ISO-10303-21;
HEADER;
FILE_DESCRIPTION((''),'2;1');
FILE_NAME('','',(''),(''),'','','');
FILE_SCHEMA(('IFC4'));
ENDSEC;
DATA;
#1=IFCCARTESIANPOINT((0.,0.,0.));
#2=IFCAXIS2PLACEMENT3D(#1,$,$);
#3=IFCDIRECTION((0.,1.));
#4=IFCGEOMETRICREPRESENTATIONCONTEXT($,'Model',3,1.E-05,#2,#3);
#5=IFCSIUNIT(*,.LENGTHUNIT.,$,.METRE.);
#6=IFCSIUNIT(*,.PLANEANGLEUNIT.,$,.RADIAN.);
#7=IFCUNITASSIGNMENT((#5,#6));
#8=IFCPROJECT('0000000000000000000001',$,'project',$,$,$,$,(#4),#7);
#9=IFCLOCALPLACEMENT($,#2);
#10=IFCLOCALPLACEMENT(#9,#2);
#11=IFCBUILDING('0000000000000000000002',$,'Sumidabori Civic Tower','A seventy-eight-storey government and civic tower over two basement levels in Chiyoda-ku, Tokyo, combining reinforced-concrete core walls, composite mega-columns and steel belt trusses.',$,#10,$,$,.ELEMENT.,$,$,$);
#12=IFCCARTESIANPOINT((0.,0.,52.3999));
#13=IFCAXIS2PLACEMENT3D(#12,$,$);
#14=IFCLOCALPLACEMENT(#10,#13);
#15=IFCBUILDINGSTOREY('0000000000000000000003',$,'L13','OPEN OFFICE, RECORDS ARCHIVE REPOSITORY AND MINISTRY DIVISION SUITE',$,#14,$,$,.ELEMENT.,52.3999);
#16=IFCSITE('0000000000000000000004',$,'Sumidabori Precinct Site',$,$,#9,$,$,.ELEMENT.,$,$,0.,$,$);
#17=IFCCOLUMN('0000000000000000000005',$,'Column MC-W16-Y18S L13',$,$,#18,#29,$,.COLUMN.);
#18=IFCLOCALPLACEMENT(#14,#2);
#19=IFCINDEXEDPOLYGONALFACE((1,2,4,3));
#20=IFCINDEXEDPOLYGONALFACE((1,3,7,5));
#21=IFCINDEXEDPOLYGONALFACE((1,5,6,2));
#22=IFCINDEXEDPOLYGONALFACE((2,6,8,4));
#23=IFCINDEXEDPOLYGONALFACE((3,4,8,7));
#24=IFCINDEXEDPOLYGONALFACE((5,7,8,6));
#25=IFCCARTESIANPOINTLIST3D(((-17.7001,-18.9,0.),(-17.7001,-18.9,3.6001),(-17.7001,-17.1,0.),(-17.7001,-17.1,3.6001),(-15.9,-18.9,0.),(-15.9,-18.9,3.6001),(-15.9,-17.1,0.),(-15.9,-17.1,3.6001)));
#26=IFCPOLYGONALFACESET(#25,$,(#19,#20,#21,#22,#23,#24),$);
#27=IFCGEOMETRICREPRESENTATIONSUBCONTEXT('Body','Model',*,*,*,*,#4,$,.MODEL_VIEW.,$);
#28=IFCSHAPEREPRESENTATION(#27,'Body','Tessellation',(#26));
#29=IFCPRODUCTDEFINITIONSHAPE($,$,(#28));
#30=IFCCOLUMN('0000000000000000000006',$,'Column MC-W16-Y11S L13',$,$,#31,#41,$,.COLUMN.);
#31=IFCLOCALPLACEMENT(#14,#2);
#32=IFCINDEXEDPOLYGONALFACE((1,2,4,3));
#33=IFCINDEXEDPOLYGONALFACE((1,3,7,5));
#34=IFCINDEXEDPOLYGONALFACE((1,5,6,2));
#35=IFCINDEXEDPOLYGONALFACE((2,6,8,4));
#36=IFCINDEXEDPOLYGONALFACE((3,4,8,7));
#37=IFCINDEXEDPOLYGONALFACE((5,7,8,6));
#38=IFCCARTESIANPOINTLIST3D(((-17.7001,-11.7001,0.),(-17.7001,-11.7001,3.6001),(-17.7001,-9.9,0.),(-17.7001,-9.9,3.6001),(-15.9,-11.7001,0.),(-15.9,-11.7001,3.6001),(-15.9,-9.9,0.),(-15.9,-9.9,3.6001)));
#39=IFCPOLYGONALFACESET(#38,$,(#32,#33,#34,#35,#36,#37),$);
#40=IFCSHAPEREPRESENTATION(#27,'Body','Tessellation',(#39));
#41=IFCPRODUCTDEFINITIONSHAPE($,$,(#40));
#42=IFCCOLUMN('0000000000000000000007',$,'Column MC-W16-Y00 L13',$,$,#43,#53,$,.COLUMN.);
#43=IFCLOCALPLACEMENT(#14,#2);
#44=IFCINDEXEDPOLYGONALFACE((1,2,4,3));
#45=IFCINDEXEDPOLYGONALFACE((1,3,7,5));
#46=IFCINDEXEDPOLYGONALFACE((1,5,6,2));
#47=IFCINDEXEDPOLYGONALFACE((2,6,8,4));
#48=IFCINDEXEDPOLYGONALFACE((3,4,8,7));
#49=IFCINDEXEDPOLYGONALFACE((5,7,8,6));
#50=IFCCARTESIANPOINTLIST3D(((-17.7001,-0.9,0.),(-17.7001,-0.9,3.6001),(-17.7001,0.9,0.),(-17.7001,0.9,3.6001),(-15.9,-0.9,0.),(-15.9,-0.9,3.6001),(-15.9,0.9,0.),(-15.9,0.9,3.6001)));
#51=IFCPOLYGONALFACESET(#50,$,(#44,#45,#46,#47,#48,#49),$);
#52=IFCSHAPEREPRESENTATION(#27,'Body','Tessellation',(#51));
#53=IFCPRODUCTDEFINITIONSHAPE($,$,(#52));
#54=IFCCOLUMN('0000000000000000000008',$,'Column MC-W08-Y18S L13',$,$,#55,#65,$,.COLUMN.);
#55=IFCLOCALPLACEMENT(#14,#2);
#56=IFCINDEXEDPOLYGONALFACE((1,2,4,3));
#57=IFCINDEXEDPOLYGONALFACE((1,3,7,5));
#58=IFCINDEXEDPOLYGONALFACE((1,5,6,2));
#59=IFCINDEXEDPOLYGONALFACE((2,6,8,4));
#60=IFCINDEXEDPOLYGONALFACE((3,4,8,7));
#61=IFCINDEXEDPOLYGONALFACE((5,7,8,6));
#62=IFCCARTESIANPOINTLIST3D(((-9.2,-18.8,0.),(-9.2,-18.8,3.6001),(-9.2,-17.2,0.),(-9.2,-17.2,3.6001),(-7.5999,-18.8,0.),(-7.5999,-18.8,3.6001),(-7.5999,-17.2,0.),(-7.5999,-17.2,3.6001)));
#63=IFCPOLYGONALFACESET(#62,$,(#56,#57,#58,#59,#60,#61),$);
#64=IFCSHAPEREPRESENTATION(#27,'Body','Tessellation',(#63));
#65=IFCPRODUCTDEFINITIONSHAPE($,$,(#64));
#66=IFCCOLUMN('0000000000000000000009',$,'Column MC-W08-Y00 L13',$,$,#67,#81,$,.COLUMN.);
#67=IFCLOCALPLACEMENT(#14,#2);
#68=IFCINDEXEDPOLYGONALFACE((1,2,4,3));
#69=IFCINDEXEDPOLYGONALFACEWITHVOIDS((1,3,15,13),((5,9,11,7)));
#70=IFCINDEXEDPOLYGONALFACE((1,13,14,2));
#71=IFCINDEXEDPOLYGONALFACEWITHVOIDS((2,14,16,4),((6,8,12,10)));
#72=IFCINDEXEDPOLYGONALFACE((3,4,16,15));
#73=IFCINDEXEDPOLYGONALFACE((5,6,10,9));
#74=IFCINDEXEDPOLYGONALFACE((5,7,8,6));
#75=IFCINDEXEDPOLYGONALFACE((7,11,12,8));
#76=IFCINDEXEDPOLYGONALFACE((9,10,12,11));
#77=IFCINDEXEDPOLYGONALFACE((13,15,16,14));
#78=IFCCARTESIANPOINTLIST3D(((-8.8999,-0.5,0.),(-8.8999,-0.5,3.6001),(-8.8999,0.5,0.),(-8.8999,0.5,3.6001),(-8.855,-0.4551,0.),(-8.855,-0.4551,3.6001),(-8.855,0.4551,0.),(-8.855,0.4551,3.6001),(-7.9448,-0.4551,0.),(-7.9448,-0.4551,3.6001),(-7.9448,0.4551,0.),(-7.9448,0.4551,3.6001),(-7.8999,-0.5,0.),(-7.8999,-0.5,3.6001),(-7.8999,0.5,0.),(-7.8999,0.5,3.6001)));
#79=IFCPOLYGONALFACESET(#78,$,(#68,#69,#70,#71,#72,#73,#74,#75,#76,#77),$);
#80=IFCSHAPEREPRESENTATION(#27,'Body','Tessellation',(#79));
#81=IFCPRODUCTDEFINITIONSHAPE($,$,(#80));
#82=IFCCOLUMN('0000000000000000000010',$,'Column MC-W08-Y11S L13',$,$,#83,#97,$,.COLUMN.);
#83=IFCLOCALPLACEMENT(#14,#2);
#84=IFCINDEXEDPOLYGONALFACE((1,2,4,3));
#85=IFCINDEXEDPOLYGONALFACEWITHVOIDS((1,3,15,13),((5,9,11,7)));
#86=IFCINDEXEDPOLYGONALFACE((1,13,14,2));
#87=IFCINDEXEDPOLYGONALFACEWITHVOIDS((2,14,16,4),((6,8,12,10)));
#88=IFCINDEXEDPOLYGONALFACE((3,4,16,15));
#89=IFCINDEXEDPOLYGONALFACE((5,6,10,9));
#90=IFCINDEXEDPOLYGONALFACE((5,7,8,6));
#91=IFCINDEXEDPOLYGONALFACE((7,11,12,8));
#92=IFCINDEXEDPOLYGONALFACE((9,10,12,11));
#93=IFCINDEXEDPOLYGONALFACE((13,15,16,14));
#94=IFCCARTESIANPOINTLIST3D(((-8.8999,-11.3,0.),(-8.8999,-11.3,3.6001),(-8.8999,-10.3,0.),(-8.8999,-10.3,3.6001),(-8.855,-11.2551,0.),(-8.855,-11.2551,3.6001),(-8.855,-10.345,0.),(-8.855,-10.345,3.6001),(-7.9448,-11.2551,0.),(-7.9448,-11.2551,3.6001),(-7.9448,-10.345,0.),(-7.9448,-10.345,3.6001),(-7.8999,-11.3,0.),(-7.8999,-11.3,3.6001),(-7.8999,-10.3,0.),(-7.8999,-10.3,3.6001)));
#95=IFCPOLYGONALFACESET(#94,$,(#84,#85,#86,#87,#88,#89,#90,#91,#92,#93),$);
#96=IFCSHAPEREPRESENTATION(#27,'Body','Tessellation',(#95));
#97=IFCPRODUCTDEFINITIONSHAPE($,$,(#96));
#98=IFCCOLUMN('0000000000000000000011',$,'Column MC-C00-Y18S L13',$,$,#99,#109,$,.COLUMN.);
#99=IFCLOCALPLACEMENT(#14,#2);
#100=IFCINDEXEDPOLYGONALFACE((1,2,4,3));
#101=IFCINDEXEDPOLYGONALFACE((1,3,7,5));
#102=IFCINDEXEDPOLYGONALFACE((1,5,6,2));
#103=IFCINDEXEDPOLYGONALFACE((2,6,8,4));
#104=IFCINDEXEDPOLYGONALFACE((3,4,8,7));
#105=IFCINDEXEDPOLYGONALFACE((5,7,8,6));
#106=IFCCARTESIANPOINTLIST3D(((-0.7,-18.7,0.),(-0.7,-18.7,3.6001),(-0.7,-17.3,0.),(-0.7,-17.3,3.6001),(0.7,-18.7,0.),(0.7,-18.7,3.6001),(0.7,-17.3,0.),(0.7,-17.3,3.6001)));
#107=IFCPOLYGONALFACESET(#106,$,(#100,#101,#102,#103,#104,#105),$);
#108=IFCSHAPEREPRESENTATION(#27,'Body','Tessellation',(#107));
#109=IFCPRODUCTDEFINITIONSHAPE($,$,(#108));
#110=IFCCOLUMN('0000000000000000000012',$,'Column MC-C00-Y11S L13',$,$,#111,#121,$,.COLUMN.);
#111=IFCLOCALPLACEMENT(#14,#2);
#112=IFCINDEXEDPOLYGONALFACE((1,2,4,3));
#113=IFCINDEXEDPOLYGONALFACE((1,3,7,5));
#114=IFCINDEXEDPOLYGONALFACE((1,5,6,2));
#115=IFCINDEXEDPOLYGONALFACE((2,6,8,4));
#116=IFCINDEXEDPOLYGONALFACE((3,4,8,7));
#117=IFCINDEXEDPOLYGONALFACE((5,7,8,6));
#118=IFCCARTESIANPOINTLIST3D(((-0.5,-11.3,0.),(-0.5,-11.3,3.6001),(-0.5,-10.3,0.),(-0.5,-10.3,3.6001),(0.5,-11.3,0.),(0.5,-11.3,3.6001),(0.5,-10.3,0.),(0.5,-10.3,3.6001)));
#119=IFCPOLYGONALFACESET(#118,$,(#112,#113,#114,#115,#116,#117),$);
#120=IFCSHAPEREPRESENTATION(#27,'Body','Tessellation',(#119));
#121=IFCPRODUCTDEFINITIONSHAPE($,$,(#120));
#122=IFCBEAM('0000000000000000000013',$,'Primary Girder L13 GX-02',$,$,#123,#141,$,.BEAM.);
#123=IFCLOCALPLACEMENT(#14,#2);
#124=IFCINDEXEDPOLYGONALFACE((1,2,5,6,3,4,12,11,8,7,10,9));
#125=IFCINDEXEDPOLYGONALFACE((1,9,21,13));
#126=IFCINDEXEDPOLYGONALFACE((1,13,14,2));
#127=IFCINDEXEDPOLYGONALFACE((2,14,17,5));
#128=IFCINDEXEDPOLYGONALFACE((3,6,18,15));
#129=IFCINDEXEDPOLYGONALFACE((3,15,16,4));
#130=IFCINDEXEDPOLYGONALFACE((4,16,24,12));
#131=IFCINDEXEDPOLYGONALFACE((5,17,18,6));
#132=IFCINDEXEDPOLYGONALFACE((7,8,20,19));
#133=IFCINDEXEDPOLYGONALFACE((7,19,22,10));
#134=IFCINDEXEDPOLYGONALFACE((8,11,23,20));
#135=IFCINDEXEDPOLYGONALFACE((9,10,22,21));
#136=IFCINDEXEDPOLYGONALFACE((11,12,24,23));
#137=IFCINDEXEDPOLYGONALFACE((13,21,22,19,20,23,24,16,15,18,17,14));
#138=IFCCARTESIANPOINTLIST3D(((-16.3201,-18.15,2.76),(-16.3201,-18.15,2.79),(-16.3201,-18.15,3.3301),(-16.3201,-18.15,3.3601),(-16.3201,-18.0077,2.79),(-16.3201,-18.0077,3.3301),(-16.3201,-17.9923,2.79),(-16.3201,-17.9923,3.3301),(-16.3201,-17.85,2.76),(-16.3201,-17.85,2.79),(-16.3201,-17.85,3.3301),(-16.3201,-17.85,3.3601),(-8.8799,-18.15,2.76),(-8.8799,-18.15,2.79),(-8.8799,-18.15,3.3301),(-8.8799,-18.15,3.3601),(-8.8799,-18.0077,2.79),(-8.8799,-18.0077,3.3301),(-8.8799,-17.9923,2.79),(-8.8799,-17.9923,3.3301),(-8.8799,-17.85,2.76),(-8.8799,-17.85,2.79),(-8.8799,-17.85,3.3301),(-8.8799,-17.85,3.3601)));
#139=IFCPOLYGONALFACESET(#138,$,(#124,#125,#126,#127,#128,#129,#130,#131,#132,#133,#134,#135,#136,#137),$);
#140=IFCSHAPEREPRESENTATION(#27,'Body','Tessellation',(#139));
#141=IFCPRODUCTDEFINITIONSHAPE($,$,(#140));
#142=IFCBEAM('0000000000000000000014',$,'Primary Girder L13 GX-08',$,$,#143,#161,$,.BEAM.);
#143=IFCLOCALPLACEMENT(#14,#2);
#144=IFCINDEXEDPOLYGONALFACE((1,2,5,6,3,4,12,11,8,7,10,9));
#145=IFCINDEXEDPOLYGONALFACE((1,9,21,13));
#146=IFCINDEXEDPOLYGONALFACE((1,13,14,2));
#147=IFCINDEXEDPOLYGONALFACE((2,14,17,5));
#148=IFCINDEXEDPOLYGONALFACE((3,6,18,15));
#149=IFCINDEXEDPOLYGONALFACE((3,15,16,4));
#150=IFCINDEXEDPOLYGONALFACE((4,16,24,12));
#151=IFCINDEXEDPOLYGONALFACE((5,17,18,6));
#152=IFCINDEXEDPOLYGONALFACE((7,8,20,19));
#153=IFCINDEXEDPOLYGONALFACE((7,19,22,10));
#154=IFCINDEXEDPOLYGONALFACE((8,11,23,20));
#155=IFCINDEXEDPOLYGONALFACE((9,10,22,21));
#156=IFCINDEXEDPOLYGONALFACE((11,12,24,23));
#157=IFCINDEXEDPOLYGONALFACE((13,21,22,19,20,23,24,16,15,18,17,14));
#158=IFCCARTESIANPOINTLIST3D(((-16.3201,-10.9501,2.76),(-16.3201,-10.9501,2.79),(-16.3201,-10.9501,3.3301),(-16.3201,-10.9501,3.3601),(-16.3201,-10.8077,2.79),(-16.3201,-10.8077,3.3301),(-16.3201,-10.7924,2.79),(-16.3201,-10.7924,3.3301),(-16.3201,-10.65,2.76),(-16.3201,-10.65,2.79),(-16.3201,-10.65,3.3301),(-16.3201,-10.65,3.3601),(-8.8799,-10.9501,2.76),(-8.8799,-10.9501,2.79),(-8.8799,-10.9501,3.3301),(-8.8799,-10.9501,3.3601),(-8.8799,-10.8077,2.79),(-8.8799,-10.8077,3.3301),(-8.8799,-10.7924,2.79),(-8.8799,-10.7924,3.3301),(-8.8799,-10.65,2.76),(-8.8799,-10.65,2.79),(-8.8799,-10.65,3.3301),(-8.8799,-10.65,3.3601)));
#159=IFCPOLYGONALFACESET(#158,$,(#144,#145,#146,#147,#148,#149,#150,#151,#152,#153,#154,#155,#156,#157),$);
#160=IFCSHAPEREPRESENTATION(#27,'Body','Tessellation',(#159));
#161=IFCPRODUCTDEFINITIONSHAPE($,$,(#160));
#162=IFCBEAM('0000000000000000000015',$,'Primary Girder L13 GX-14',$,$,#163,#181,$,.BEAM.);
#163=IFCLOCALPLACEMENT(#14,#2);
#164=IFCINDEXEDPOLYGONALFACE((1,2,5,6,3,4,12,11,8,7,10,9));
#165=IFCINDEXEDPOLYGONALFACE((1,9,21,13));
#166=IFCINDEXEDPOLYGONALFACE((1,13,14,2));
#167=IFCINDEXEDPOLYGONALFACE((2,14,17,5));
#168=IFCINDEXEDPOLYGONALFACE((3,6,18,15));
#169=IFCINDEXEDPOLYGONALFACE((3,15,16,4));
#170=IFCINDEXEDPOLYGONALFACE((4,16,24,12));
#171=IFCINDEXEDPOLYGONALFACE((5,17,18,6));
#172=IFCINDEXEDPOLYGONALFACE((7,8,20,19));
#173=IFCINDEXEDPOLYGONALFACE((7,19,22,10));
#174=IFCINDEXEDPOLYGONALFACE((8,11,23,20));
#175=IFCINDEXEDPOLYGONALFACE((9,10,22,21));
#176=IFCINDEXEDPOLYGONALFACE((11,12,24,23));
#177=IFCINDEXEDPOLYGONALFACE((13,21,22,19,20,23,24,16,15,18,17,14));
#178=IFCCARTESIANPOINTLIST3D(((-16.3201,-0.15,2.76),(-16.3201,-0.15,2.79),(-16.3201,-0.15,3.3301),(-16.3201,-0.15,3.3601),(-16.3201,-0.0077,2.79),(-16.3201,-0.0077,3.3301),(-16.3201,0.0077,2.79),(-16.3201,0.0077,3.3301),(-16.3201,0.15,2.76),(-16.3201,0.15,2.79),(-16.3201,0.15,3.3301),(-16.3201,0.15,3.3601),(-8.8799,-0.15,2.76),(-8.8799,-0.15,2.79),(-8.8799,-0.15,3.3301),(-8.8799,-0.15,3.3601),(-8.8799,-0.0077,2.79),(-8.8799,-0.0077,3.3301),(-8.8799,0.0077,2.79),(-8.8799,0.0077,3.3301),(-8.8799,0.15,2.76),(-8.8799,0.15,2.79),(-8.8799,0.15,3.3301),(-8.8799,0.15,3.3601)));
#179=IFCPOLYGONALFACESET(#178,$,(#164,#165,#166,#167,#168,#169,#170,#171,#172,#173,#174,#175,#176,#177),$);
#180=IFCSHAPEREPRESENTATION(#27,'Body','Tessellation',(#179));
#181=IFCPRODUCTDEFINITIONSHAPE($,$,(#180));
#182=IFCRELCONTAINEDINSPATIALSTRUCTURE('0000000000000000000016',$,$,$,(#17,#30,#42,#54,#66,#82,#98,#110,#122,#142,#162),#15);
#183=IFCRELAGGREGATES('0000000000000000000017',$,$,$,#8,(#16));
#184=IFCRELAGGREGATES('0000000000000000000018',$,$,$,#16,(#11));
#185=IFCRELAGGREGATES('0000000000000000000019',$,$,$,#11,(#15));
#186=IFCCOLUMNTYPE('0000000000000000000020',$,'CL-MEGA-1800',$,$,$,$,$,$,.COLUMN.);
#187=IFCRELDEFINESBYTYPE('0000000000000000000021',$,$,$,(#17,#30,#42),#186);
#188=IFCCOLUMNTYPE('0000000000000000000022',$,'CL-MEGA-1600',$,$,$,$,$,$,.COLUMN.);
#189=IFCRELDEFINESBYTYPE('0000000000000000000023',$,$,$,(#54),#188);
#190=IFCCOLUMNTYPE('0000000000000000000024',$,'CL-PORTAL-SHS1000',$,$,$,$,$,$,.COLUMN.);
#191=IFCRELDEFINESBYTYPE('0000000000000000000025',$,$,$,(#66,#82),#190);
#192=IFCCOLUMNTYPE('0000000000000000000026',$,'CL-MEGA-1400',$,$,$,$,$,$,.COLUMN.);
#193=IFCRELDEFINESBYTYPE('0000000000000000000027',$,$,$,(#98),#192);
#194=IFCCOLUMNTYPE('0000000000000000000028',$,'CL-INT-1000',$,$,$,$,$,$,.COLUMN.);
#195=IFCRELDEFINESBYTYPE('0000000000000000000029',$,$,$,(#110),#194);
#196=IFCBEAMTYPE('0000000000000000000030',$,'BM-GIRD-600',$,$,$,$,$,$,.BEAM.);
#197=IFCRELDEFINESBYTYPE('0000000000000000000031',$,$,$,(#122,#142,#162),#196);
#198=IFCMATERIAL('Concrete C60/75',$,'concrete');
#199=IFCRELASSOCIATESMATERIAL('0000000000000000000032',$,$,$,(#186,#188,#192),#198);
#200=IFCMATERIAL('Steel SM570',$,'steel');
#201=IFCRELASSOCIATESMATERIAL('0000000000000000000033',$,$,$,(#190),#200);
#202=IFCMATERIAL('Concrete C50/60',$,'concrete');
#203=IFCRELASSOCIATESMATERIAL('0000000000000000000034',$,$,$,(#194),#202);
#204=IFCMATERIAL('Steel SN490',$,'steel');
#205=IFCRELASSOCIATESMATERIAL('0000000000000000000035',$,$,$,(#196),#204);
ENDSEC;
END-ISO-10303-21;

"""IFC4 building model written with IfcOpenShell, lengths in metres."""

from ifc_helpers import new_model, si_unit, direction, frame, origin, origin_2d, place, context, subcontext, project, spatial, rectangle, hollow_rectangle, i_section, extrude, source, transform, mapped, material, material_profile, profile_set, type_object, element, save


model = new_model("IFC4")

# Units and contexts
model_context = context("Model", 3, precision=1e-05, world=origin(), true_north=direction((0.0, 1.0)))
body_context = subcontext(model_context, "Body", "Model", "MODEL_VIEW")
ifc_project = project(units=[si_unit("LENGTHUNIT", "METRE"), si_unit("PLANEANGLEUNIT", "RADIAN")], contexts=[model_context])

# Site, building, storey
site_placement = place(None, origin())
site = spatial("IfcSite", under=ifc_project, at=site_placement, Name="Sumidabori Precinct Site", CompositionType="ELEMENT", RefElevation=0.0)
building_placement = place(site_placement, origin())
building = spatial("IfcBuilding", under=site, at=building_placement, Name="Sumidabori Civic Tower", Description="A seventy-eight-storey government and civic tower over two basement levels in Chiyoda-ku, Tokyo, combining reinforced-concrete core walls, composite mega-columns and steel belt trusses.", CompositionType="ELEMENT")
storey_placement = place(building_placement, frame((0.0, 0.0, 52.3999)))
storey = spatial("IfcBuildingStorey", under=building, at=storey_placement, Name="L13", Description="OPEN OFFICE, RECORDS ARCHIVE REPOSITORY AND MINISTRY DIVISION SUITE", CompositionType="ELEMENT", Elevation=52.3999)

# Columns
ifc_material_1 = material(Name="Concrete C60/75", Category="concrete")
ifc_material_profile_1 = material_profile(ifc_material_1, rectangle(XDim=1.8, YDim=1.8, at=origin_2d()), Name="RC 1800x1800")
ifc_profile_set_1 = profile_set([ifc_material_profile_1], Name="Concrete C60/75")
column_type_1 = type_object("IfcColumnType", Name="CL-MEGA-1800", PredefinedType="COLUMN", material=ifc_profile_set_1)
shared_shape_1 = source(origin(), body_context, "Body", "SweptSolid", [
    extrude(rectangle(XDim=1.8, YDim=1.8, at=origin_2d()), origin(), (0.0, 0.0, 1.0), 3.6001),
])
for number, where, z_axis, x_axis, name in (
    (1, (-16.8, -18.0, 0.0), (0.0, 0.0, 1.0), (1.0, 0.0, 0.0), "Column MC-W16-Y18S L13"),
    (2, (-16.8, -10.8, 0.0), (0.0, 0.0, 1.0), (1.0, 0.0, 0.0), "Column MC-W16-Y11S L13"),
    (3, (-16.8, 0.0, 0.0), (0.0, 0.0, 1.0), (1.0, 0.0, 0.0), "Column MC-W16-Y00 L13"),
):
    element("IfcColumn", number, at=place(storey_placement, frame(where, z_axis=z_axis, x_axis=x_axis)), inside=storey, type_object=column_type_1, Name=name, PredefinedType="COLUMN", context=body_context, shape_type="MappedRepresentation", body=[
        mapped(shared_shape_1, transform((0.0, 0.0, 0.0), x_axis=(1.0, 0.0, 0.0), y_axis=(0.0, 1.0, 0.0), z_axis=(0.0, 0.0, 1.0), scale=1.0)),
    ])
ifc_material_profile_2 = material_profile(ifc_material_1, rectangle(XDim=1.6001, YDim=1.6001, at=origin_2d()), Name="RC 1600x1600")
ifc_profile_set_2 = profile_set([ifc_material_profile_2], Name="Concrete C60/75")
column_type_2 = type_object("IfcColumnType", Name="CL-MEGA-1600", PredefinedType="COLUMN", material=ifc_profile_set_2)
shared_shape_2 = source(origin(), body_context, "Body", "SweptSolid", [
    extrude(rectangle(XDim=1.6001, YDim=1.6001, at=origin_2d()), origin(), (0.0, 0.0, 1.0), 3.6001),
])
column_1_placement = place(storey_placement, frame((-8.3999, -18.0, 0.0), z_axis=(0.0, 0.0, 1.0), x_axis=(1.0, 0.0, 0.0)))
element("IfcColumn", 4, at=column_1_placement, inside=storey, type_object=column_type_2, Name="Column MC-W08-Y18S L13", PredefinedType="COLUMN", context=body_context, shape_type="MappedRepresentation", body=[
    mapped(shared_shape_2, transform((0.0, 0.0, 0.0), x_axis=(1.0, 0.0, 0.0), y_axis=(0.0, 1.0, 0.0), z_axis=(0.0, 0.0, 1.0), scale=1.0)),
])
ifc_material_2 = material(Name="Steel SM570", Category="steel")
ifc_material_profile_3 = material_profile(ifc_material_2, hollow_rectangle(XDim=1.0, YDim=1.0, WallThickness=0.0449, at=origin_2d()), Name="SHS 1000x1000x45")
ifc_profile_set_3 = profile_set([ifc_material_profile_3], Name="Steel SM570")
column_type_3 = type_object("IfcColumnType", Name="CL-PORTAL-SHS1000", PredefinedType="COLUMN", material=ifc_profile_set_3)
shared_shape_3 = source(origin(), body_context, "Body", "SweptSolid", [
    extrude(hollow_rectangle(XDim=1.0, YDim=1.0, WallThickness=0.0449, at=origin_2d()), origin(), (0.0, 0.0, 1.0), 3.6001),
])
for number, where, z_axis, x_axis, name in (
    (5, (-8.3999, 0.0, 0.0), (0.0, 0.0, 1.0), (1.0, 0.0, 0.0), "Column MC-W08-Y00 L13"),
    (6, (-8.3999, -10.8, 0.0), (0.0, 0.0, 1.0), (1.0, 0.0, 0.0), "Column MC-W08-Y11S L13"),
):
    element("IfcColumn", number, at=place(storey_placement, frame(where, z_axis=z_axis, x_axis=x_axis)), inside=storey, type_object=column_type_3, Name=name, PredefinedType="COLUMN", context=body_context, shape_type="MappedRepresentation", body=[
        mapped(shared_shape_3, transform((0.0, 0.0, 0.0), x_axis=(1.0, 0.0, 0.0), y_axis=(0.0, 1.0, 0.0), z_axis=(0.0, 0.0, 1.0), scale=1.0)),
    ])
ifc_material_profile_4 = material_profile(ifc_material_1, rectangle(XDim=1.3999, YDim=1.3999, at=origin_2d()), Name="RC 1400x1400")
ifc_profile_set_4 = profile_set([ifc_material_profile_4], Name="Concrete C60/75")
column_type_4 = type_object("IfcColumnType", Name="CL-MEGA-1400", PredefinedType="COLUMN", material=ifc_profile_set_4)
shared_shape_4 = source(origin(), body_context, "Body", "SweptSolid", [
    extrude(rectangle(XDim=1.3999, YDim=1.3999, at=origin_2d()), origin(), (0.0, 0.0, 1.0), 3.6001),
])
column_2_placement = place(storey_placement, frame((0.0, -18.0, 0.0), z_axis=(0.0, 0.0, 1.0), x_axis=(1.0, 0.0, 0.0)))
element("IfcColumn", 7, at=column_2_placement, inside=storey, type_object=column_type_4, Name="Column MC-C00-Y18S L13", PredefinedType="COLUMN", context=body_context, shape_type="MappedRepresentation", body=[
    mapped(shared_shape_4, transform((0.0, 0.0, 0.0), x_axis=(1.0, 0.0, 0.0), y_axis=(0.0, 1.0, 0.0), z_axis=(0.0, 0.0, 1.0), scale=1.0)),
])
ifc_material_3 = material(Name="Concrete C50/60", Category="concrete")
ifc_material_profile_5 = material_profile(ifc_material_3, rectangle(XDim=1.0, YDim=1.0, at=origin_2d()), Name="RC 1000x1000")
ifc_profile_set_5 = profile_set([ifc_material_profile_5], Name="Concrete C50/60")
column_type_5 = type_object("IfcColumnType", Name="CL-INT-1000", PredefinedType="COLUMN", material=ifc_profile_set_5)
shared_shape_5 = source(origin(), body_context, "Body", "SweptSolid", [
    extrude(rectangle(XDim=1.0, YDim=1.0, at=origin_2d()), origin(), (0.0, 0.0, 1.0), 3.6001),
])
column_3_placement = place(storey_placement, frame((0.0, -10.8, 0.0), z_axis=(0.0, 0.0, 1.0), x_axis=(1.0, 0.0, 0.0)))
element("IfcColumn", 8, at=column_3_placement, inside=storey, type_object=column_type_5, Name="Column MC-C00-Y11S L13", PredefinedType="COLUMN", context=body_context, shape_type="MappedRepresentation", body=[
    mapped(shared_shape_5, transform((0.0, 0.0, 0.0), x_axis=(1.0, 0.0, 0.0), y_axis=(0.0, 1.0, 0.0), z_axis=(0.0, 0.0, 1.0), scale=1.0)),
])

# Beams
ifc_material_4 = material(Name="Steel SN490", Category="steel")
ifc_material_profile_6 = material_profile(ifc_material_4, i_section(OverallWidth=0.3, OverallDepth=0.6001, WebThickness=0.0154, FlangeThickness=0.03, at=origin_2d()), Name="HE 600 B")
ifc_profile_set_6 = profile_set([ifc_material_profile_6], Name="Steel SN490")
beam_type_1 = type_object("IfcBeamType", Name="BM-GIRD-600", PredefinedType="BEAM", material=ifc_profile_set_6)
shared_shape_6 = source(origin(), body_context, "Body", "SweptSolid", [
    extrude(i_section(OverallWidth=0.3, OverallDepth=0.6001, WebThickness=0.0154, FlangeThickness=0.03, at=origin_2d()), origin(), (0.0, 0.0, 1.0), 7.4402),
])
for number, where, z_axis, x_axis, name in (
    (9, (-16.3201, -18.0, 3.0601), (1.0, 0.0, 0.0), (0.0, 1.0, 0.0), "Primary Girder L13 GX-02"),
    (10, (-16.3201, -10.8, 3.0601), (1.0, 0.0, 0.0), (0.0, 1.0, 0.0), "Primary Girder L13 GX-08"),
    (11, (-16.3201, 0.0, 3.0601), (1.0, 0.0, 0.0), (0.0, 1.0, 0.0), "Primary Girder L13 GX-14"),
):
    element("IfcBeam", number, at=place(storey_placement, frame(where, z_axis=z_axis, x_axis=x_axis)), inside=storey, type_object=beam_type_1, Name=name, PredefinedType="BEAM", context=body_context, shape_type="MappedRepresentation", body=[
        mapped(shared_shape_6, transform((0.0, 0.0, 0.0), x_axis=(1.0, 0.0, 0.0), y_axis=(0.0, 1.0, 0.0), z_axis=(0.0, 0.0, 1.0), scale=1.0)),
    ])

save(model, "model.ifc")
